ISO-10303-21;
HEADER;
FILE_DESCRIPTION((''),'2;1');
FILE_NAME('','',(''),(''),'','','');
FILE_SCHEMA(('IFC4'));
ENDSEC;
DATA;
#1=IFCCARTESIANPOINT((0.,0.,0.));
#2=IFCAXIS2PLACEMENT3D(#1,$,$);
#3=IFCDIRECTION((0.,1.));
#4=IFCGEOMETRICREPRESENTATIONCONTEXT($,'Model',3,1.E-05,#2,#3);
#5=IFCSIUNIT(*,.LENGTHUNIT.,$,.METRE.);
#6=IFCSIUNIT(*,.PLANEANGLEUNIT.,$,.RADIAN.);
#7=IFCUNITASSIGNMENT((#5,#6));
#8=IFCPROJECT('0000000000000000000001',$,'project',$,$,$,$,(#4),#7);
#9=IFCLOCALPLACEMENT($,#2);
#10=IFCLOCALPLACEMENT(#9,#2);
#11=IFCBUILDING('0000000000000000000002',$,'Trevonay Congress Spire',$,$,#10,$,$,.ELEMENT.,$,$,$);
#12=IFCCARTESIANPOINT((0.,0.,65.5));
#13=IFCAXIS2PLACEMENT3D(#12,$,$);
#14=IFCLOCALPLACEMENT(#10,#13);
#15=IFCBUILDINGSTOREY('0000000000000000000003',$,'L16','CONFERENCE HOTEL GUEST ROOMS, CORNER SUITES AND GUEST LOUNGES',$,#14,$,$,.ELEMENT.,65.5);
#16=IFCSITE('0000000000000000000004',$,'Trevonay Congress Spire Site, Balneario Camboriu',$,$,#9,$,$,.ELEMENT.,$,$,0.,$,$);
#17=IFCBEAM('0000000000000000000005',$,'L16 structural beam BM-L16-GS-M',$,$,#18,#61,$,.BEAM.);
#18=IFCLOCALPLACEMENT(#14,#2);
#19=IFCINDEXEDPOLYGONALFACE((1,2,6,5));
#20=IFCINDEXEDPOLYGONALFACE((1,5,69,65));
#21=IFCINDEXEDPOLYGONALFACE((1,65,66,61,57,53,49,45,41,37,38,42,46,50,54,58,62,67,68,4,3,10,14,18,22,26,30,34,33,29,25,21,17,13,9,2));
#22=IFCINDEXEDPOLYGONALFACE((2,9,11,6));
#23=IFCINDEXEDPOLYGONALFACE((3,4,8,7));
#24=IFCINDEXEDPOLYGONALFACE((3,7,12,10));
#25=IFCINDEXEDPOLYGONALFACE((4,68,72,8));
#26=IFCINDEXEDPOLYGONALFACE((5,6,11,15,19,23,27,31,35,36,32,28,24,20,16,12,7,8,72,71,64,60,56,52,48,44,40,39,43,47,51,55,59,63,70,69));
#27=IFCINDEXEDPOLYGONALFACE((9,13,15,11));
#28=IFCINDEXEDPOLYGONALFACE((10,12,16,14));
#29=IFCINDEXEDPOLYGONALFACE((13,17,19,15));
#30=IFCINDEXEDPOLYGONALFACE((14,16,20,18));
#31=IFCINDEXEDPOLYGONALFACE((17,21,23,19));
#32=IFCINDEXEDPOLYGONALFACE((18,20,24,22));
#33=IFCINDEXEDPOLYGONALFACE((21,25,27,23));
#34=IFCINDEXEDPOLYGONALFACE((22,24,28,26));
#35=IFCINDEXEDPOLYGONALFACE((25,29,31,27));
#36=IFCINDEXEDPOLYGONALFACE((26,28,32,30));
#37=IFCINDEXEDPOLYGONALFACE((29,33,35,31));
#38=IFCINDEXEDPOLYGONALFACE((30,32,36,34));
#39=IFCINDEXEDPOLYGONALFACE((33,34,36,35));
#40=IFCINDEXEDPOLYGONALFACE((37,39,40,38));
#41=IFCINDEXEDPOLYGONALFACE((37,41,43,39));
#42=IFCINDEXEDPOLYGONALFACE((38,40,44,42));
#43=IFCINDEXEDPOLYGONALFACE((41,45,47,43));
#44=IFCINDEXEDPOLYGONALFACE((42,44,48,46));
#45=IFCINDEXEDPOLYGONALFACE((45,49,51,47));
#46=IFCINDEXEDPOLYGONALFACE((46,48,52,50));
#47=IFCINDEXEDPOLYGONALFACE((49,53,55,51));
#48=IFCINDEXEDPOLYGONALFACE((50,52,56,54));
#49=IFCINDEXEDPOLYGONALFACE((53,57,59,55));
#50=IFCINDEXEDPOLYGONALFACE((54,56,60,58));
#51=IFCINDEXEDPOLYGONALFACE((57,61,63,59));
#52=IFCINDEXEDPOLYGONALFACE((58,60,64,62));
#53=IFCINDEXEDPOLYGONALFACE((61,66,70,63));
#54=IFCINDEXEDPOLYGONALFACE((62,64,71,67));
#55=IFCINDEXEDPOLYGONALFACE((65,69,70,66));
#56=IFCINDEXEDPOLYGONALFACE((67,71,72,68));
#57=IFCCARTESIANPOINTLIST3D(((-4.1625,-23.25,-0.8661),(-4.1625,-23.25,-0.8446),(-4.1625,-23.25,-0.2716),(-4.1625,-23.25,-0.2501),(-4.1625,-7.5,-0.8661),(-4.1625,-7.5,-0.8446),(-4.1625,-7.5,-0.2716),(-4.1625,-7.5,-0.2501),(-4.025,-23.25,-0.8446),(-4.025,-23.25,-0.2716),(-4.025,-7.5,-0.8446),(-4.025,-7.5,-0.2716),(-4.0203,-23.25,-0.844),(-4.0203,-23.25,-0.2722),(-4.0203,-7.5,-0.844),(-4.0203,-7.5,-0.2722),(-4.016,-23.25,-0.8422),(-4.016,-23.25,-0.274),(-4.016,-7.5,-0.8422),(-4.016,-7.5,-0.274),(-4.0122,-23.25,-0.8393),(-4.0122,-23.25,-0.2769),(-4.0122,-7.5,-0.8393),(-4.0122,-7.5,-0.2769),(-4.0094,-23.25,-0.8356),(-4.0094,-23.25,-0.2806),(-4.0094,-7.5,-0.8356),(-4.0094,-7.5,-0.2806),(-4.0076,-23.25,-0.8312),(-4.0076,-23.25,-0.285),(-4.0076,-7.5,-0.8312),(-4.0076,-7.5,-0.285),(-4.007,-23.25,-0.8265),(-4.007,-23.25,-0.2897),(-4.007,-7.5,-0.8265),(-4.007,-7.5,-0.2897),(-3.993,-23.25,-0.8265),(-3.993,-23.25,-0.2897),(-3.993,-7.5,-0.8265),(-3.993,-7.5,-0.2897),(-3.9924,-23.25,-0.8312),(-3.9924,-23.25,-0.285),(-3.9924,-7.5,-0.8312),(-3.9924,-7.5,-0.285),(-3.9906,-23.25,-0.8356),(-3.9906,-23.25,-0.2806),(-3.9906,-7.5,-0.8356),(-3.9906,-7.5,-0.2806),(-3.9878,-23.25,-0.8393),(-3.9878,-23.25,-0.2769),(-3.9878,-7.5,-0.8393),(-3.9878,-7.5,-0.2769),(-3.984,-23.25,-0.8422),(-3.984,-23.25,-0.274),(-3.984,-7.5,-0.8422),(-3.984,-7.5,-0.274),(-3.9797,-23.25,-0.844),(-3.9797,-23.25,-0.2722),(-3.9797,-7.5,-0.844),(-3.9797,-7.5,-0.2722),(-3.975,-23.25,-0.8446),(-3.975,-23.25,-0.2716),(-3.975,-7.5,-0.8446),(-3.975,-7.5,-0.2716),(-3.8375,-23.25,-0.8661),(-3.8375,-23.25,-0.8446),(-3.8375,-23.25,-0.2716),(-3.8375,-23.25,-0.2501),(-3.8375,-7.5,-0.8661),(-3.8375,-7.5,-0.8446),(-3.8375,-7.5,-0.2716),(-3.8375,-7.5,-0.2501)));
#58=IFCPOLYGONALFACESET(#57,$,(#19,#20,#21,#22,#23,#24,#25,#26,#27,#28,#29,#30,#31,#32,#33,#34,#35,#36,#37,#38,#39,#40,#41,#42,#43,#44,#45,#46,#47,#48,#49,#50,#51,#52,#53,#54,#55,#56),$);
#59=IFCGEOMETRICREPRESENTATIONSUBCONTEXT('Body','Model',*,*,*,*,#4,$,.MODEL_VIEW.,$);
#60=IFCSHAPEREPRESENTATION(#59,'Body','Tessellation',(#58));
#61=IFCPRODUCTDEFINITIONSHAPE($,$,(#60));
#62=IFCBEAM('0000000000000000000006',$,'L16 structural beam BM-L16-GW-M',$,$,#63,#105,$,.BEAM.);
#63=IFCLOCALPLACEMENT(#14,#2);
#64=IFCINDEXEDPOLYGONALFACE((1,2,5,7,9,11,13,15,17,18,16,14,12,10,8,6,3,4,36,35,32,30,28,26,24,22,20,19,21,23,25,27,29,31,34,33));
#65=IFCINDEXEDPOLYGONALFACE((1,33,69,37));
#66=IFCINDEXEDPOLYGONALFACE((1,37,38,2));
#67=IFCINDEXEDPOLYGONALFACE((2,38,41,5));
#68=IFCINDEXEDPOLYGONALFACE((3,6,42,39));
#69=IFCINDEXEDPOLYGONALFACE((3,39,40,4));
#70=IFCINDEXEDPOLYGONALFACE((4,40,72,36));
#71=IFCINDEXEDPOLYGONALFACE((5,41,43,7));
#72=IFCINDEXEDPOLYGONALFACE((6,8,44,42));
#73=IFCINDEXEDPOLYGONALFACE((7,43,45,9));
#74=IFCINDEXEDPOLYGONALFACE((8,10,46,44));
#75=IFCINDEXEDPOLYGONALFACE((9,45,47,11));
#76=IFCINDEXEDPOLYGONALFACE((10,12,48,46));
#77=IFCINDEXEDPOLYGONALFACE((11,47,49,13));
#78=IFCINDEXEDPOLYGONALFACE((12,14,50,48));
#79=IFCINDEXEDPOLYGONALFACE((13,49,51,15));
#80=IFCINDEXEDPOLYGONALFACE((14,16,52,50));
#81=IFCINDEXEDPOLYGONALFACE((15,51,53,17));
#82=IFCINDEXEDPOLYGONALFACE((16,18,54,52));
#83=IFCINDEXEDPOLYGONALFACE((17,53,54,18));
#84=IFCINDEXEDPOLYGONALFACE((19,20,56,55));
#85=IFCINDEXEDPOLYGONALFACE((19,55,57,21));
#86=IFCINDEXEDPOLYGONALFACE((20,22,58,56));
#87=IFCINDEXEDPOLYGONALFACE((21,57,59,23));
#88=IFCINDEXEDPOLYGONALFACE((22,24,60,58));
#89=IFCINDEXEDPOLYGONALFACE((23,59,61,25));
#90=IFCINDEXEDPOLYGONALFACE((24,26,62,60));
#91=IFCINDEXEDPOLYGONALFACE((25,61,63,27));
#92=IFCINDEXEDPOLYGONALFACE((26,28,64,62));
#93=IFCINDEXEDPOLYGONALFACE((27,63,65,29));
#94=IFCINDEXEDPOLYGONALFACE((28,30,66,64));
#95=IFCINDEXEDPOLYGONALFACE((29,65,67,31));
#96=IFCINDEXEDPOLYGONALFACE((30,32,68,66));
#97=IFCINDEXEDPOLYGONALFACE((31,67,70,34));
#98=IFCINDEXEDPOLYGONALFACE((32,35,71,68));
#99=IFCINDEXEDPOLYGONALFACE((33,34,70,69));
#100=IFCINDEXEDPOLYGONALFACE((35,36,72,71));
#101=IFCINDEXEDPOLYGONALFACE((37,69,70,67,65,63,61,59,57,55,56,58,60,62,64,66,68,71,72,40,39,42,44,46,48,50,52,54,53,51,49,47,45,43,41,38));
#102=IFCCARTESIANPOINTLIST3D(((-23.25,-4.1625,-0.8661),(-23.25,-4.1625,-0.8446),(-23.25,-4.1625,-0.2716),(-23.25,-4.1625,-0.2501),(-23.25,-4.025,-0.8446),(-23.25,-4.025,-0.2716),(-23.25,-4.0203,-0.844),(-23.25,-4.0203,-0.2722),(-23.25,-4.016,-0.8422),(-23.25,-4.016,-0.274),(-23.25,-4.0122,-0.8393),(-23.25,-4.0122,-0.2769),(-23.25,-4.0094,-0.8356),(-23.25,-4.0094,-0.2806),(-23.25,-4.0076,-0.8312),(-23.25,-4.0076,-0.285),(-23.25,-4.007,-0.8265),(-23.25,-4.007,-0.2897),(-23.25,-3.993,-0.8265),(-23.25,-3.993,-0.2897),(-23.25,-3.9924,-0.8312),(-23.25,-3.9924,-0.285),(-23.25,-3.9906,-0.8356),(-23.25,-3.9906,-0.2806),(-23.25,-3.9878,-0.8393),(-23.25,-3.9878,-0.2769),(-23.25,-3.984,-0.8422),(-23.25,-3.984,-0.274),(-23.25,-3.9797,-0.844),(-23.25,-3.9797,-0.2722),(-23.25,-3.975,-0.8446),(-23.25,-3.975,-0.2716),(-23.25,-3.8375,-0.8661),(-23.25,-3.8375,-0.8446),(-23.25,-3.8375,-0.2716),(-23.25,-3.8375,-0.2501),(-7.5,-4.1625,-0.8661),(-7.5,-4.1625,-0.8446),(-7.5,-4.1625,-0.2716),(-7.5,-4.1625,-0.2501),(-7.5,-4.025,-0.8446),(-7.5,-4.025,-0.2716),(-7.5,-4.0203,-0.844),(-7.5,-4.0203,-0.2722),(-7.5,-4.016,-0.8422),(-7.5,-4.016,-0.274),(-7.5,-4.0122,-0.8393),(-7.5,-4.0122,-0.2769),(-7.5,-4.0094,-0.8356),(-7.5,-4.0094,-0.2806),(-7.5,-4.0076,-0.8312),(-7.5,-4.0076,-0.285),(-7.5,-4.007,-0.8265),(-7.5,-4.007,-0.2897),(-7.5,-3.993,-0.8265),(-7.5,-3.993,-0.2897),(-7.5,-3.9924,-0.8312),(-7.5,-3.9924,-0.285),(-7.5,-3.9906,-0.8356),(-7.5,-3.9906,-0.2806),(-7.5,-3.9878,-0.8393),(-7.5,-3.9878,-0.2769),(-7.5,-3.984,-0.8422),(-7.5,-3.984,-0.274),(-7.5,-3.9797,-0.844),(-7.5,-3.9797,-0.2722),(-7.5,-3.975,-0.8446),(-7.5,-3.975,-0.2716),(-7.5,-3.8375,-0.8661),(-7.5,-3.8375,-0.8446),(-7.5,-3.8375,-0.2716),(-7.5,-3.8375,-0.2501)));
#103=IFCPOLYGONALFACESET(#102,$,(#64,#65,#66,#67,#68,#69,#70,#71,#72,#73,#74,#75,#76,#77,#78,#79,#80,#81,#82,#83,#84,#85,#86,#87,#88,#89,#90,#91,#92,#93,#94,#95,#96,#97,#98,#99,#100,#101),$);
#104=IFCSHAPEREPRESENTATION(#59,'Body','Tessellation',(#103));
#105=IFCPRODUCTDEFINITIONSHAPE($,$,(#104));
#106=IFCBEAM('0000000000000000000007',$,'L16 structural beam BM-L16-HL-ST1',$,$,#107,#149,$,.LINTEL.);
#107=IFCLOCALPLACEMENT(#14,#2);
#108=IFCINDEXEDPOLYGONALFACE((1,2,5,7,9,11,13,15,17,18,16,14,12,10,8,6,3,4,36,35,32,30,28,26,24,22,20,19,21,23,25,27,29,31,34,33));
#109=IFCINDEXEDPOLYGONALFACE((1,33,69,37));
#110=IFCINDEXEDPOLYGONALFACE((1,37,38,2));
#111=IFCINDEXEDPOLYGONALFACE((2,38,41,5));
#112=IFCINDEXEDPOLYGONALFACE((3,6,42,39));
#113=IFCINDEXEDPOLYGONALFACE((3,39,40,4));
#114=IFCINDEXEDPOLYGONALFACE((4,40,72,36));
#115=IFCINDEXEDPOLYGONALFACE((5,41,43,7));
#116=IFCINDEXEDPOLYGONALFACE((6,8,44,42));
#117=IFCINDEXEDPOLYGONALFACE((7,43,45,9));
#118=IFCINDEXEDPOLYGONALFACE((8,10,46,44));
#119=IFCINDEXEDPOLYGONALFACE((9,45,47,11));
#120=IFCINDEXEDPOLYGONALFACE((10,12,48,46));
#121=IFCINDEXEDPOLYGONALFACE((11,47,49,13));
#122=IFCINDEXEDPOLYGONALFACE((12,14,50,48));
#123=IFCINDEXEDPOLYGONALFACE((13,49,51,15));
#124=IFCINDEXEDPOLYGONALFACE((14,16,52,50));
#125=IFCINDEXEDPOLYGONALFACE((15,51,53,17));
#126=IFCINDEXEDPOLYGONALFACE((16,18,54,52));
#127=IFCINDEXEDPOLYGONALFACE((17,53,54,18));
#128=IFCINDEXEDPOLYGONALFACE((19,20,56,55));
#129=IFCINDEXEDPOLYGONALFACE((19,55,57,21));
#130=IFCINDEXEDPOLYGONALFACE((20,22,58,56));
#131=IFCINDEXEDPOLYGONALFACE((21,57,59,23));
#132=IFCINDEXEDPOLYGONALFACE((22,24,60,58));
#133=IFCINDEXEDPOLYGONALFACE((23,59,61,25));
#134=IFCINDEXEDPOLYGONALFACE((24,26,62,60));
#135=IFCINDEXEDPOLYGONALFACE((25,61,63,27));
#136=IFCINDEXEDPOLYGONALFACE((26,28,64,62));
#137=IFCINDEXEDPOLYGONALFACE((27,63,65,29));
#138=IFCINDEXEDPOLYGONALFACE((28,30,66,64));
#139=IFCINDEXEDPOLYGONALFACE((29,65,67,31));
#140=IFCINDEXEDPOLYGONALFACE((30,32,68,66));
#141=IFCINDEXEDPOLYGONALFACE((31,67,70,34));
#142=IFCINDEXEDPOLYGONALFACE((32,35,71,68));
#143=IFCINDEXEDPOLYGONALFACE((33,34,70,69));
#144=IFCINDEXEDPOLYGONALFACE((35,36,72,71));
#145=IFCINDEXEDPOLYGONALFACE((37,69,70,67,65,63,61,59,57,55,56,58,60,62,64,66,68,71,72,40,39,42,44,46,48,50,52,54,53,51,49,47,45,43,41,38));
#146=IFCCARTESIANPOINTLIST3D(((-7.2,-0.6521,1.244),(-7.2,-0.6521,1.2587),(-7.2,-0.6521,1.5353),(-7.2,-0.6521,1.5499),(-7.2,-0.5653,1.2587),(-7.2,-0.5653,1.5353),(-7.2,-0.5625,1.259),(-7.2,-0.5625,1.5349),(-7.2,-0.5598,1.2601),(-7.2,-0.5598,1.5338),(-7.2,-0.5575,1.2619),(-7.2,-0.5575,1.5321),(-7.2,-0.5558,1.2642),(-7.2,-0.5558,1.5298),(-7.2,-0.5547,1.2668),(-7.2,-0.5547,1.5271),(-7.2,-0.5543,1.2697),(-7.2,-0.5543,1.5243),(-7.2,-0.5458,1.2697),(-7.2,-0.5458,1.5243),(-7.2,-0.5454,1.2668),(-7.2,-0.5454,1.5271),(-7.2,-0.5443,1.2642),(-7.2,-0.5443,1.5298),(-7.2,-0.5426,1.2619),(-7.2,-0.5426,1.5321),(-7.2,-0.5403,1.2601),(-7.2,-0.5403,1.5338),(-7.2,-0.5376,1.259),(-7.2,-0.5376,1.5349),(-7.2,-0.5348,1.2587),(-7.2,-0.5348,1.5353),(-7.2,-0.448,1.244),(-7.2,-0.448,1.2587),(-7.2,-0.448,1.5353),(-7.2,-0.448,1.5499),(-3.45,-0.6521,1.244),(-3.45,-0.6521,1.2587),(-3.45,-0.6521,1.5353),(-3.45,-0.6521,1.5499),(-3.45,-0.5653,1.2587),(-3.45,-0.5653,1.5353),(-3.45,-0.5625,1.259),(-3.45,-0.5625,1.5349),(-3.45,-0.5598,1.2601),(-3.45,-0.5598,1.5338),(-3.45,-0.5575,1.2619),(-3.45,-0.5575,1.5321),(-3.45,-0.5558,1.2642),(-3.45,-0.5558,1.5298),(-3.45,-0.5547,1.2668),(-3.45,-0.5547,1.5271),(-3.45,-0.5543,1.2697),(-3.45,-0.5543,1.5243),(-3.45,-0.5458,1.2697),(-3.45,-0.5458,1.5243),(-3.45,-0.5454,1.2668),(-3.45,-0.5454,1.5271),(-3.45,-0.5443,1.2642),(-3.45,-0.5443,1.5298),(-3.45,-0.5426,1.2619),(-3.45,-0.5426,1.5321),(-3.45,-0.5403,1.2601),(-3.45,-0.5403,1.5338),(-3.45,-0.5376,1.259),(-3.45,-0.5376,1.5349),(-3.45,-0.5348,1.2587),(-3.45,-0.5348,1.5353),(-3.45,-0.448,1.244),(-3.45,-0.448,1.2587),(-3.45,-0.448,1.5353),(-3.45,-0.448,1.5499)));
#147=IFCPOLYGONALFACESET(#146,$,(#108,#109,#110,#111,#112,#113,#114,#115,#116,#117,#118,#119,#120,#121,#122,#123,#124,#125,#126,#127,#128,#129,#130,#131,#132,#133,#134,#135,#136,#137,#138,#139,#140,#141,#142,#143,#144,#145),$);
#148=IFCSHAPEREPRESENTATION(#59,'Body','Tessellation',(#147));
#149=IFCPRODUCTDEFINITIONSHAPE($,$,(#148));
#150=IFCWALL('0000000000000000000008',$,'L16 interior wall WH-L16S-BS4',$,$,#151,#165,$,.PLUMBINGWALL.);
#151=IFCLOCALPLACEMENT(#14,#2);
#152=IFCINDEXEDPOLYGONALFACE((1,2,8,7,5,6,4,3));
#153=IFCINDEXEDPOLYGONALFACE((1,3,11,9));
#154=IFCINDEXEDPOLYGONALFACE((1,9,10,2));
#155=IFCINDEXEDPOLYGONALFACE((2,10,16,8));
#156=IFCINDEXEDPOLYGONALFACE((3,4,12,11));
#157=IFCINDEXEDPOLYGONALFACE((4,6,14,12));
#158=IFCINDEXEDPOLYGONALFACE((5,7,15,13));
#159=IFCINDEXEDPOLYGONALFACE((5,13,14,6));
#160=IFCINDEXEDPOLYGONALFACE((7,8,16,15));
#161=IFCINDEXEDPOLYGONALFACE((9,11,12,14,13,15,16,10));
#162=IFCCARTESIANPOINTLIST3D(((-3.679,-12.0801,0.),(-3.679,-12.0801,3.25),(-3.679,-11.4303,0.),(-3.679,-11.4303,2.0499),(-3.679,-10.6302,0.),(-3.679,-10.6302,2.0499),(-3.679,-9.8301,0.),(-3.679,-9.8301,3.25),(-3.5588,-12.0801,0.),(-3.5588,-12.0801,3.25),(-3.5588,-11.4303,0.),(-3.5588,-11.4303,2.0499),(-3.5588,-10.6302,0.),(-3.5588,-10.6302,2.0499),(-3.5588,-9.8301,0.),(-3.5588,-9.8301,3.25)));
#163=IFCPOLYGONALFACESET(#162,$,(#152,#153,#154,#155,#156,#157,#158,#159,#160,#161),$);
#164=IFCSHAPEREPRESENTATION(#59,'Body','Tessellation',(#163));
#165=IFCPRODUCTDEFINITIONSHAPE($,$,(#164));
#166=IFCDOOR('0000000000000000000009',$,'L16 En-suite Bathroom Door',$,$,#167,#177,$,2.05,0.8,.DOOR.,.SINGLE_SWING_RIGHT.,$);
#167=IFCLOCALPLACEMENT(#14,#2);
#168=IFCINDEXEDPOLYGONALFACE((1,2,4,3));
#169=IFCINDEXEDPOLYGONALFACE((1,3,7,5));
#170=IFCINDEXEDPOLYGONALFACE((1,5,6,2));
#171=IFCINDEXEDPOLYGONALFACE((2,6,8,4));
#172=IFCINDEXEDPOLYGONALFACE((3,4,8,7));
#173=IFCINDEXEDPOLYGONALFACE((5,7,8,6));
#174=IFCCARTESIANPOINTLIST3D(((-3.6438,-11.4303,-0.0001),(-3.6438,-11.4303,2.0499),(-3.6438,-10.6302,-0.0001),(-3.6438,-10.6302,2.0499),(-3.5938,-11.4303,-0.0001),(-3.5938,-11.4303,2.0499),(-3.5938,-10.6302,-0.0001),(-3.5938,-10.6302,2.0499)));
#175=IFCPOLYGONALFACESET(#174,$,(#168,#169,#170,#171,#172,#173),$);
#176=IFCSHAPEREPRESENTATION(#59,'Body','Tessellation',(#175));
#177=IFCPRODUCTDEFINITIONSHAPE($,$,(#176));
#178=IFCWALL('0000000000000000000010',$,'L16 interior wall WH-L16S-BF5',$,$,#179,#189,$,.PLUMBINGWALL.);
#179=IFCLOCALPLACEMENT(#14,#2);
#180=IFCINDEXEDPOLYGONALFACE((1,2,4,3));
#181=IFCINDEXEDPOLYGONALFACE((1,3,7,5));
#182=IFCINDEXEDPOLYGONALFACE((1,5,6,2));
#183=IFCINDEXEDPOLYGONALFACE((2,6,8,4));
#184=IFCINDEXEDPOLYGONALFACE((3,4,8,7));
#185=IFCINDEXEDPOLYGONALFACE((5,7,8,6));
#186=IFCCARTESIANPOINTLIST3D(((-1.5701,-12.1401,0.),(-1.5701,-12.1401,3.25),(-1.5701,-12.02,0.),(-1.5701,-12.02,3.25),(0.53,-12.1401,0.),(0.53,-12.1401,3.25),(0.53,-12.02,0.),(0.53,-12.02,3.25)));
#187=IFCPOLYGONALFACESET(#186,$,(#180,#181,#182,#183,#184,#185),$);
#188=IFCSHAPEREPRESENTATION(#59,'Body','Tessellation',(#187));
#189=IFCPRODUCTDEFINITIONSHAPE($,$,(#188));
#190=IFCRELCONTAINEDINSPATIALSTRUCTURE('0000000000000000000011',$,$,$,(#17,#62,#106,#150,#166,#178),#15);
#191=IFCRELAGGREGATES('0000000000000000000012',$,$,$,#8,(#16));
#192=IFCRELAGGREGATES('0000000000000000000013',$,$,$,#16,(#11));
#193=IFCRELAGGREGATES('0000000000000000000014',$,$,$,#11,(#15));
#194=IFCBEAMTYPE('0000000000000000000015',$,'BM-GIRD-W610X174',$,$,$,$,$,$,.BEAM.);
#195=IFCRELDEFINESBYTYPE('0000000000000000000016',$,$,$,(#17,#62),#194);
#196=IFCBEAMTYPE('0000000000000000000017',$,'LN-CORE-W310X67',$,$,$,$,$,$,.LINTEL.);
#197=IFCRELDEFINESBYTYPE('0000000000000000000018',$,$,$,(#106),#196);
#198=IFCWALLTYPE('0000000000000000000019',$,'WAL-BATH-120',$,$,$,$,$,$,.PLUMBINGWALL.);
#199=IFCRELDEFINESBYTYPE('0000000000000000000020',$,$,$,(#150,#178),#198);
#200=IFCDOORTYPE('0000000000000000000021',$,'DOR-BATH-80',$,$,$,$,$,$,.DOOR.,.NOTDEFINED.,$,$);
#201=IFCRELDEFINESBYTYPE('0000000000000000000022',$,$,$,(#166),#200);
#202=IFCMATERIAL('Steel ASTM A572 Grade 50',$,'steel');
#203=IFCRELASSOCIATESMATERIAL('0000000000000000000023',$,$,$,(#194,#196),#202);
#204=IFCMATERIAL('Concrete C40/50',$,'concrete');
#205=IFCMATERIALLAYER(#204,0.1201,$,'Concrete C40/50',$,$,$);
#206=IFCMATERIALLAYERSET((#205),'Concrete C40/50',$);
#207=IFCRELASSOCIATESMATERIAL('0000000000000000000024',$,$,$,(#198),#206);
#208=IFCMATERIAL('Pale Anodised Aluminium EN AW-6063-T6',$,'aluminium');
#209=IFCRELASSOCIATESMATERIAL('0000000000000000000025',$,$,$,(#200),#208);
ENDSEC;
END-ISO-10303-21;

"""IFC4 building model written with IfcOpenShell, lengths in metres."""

from ifc_helpers import new_model, si_unit, direction, frame, frame_2d, origin, origin_2d, place, context, subcontext, project, spatial, rectangle, i_section, extrude, material, layer, layer_set, material_profile, profile_set, type_object, element, fill, save


model = new_model("IFC4")

# Units and contexts
model_context = context("Model", 3, precision=1e-05, world=origin(), true_north=direction((0.0, 1.0)))
body_context = subcontext(model_context, "Body", "Model", "MODEL_VIEW")
ifc_project = project(units=[si_unit("LENGTHUNIT", "METRE"), si_unit("PLANEANGLEUNIT", "RADIAN")], contexts=[model_context])

# Site, building, storey
site_placement = place(None, origin())
site = spatial("IfcSite", under=ifc_project, at=site_placement, Name="Trevonay Congress Spire Site, Balneario Camboriu", CompositionType="ELEMENT", RefElevation=0.0)
building_placement = place(site_placement, origin())
building = spatial("IfcBuilding", under=site, at=building_placement, Name="Trevonay Congress Spire", CompositionType="ELEMENT")
storey_placement = place(building_placement, frame((0.0, 0.0, 65.5)))
storey = spatial("IfcBuildingStorey", under=building, at=storey_placement, Name="L16", Description="CONFERENCE HOTEL GUEST ROOMS, CORNER SUITES AND GUEST LOUNGES", CompositionType="ELEMENT", Elevation=65.5)

# Shared definitions
ifc_material_1 = material(Name="Steel ASTM A572 Grade 50", Category="steel")

# Beams
ifc_material_profile_1 = material_profile(ifc_material_1, i_section(OverallWidth=0.325, OverallDepth=0.616, WebThickness=0.0139, FlangeThickness=0.0215, FilletRadius=0.0181, at=origin_2d()), Name="W610x174")
ifc_profile_set_1 = profile_set([ifc_material_profile_1], Name="Steel ASTM A572 Grade 50")
beam_type_1 = type_object("IfcBeamType", Name="BM-GIRD-W610X174", PredefinedType="BEAM", material=ifc_profile_set_1)
for number, where, z_axis, x_axis, name in (
    (1, (-4.0, -7.5, -0.5581), (0.0, -1.0, 0.0), (1.0, 0.0, 0.0), "L16 structural beam BM-L16-GS-M"),
    (2, (-7.5, -4.0, -0.5581), (-1.0, 0.0, 0.0), (0.0, -1.0, 0.0), "L16 structural beam BM-L16-GW-M"),
):
    element("IfcBeam", number, at=place(storey_placement, frame(where, z_axis=z_axis, x_axis=x_axis)), inside=storey, type_object=beam_type_1, Name=name, PredefinedType="BEAM", context=body_context, shape_type="SweptSolid", body=[
        extrude(i_section(OverallWidth=0.325, OverallDepth=0.616, WebThickness=0.0139, FlangeThickness=0.0215, FilletRadius=0.0181, at=origin_2d()), origin(), (0.0, 0.0, 1.0), 15.75),
    ])
ifc_material_profile_2 = material_profile(ifc_material_1, i_section(OverallWidth=0.2041, OverallDepth=0.3059, WebThickness=0.0085, FlangeThickness=0.0146, FilletRadius=0.011, at=origin_2d()), Name="W310x67")
ifc_profile_set_2 = profile_set([ifc_material_profile_2], Name="Steel ASTM A572 Grade 50")
beam_type_2 = type_object("IfcBeamType", Name="LN-CORE-W310X67", PredefinedType="LINTEL", material=ifc_profile_set_2)
beam_1_placement = place(storey_placement, frame((-7.2, -0.55, 1.397), z_axis=(1.0, 0.0, 0.0), x_axis=(0.0, 1.0, 0.0)))
element("IfcBeam", 3, at=beam_1_placement, inside=storey, type_object=beam_type_2, Name="L16 structural beam BM-L16-HL-ST1", PredefinedType="LINTEL", context=body_context, shape_type="SweptSolid", body=[
    extrude(i_section(OverallWidth=0.2041, OverallDepth=0.3059, WebThickness=0.0085, FlangeThickness=0.0146, FilletRadius=0.011, at=origin_2d()), origin(), (0.0, 0.0, 1.0), 3.75),
])

# Wall, opening, door
ifc_material_2 = material(Name="Concrete C40/50", Category="concrete")
ifc_layer_1 = layer(ifc_material_2, 0.1201, Name="Concrete C40/50")
ifc_layer_set_1 = layer_set([ifc_layer_1], Name="Concrete C40/50")
wall_type_1 = type_object("IfcWallType", Name="WAL-BATH-120", PredefinedType="PLUMBINGWALL", material=ifc_layer_set_1)
wall_1_placement = place(storey_placement, frame((-3.6189, -12.0801, 0.0), z_axis=(0.0, 0.0, 1.0), x_axis=(0.0, 1.0, 0.0)))
wall_1 = element("IfcWall", 4, at=wall_1_placement, inside=storey, type_object=wall_type_1, Name="L16 interior wall WH-L16S-BS4", PredefinedType="PLUMBINGWALL", context=body_context, shape_type="SweptSolid", body=[
    extrude(rectangle(XDim=2.25, YDim=0.1201, at=frame_2d((1.125, 0.0))), origin(), (0.0, 0.0, 1.0), 3.25),
])
opening_1_placement = place(wall_1_placement, frame((0.6499, 0.0, 0.0)))
opening_1 = element("IfcOpeningElement", 5, at=opening_1_placement, cuts=wall_1, PredefinedType="OPENING", context=body_context, shape_type="SweptSolid", body=[
    extrude(rectangle(XDim=0.8, YDim=2.05, at=frame_2d((0.3999, 1.0249))), frame((0.0, 0.0701, 0.0), z_axis=(0.0, -1.0, 0.0), x_axis=(1.0, 0.0, 0.0)), (0.0, 0.0, 1.0), 0.1401),
])
ifc_material_3 = material(Name="Pale Anodised Aluminium EN AW-6063-T6", Category="aluminium")
door_type_1 = type_object("IfcDoorType", Name="DOR-BATH-80", OperationType="NOTDEFINED", PredefinedType="DOOR", material=ifc_material_3)
door_1_placement = place(opening_1_placement, origin())
door_1 = element("IfcDoor", 6, at=door_1_placement, inside=storey, type_object=door_type_1, Name="L16 En-suite Bathroom Door", OperationType="SINGLE_SWING_RIGHT", OverallHeight=2.05, OverallWidth=0.8, PredefinedType="DOOR", context=body_context, shape_type="SweptSolid", body=[
    extrude(rectangle(XDim=0.8, YDim=2.05, at=frame_2d((0.3999, 1.0249))), frame((0.0, 0.0249, 0.0), z_axis=(0.0, -1.0, 0.0), x_axis=(1.0, 0.0, 0.0)), (0.0, 0.0, 1.0), 0.05),
])
fill(opening_1, door_1)

# Wall
wall_2_placement = place(storey_placement, frame((-1.5701, -12.0801, 0.0), z_axis=(0.0, 0.0, 1.0), x_axis=(1.0, 0.0, 0.0)))
element("IfcWall", 7, at=wall_2_placement, inside=storey, type_object=wall_type_1, Name="L16 interior wall WH-L16S-BF5", PredefinedType="PLUMBINGWALL", context=body_context, shape_type="SweptSolid", body=[
    extrude(rectangle(XDim=2.1001, YDim=0.1201, at=frame_2d((1.05, 0.0))), origin(), (0.0, 0.0, 1.0), 3.25),
])

save(model, "model.ifc")
